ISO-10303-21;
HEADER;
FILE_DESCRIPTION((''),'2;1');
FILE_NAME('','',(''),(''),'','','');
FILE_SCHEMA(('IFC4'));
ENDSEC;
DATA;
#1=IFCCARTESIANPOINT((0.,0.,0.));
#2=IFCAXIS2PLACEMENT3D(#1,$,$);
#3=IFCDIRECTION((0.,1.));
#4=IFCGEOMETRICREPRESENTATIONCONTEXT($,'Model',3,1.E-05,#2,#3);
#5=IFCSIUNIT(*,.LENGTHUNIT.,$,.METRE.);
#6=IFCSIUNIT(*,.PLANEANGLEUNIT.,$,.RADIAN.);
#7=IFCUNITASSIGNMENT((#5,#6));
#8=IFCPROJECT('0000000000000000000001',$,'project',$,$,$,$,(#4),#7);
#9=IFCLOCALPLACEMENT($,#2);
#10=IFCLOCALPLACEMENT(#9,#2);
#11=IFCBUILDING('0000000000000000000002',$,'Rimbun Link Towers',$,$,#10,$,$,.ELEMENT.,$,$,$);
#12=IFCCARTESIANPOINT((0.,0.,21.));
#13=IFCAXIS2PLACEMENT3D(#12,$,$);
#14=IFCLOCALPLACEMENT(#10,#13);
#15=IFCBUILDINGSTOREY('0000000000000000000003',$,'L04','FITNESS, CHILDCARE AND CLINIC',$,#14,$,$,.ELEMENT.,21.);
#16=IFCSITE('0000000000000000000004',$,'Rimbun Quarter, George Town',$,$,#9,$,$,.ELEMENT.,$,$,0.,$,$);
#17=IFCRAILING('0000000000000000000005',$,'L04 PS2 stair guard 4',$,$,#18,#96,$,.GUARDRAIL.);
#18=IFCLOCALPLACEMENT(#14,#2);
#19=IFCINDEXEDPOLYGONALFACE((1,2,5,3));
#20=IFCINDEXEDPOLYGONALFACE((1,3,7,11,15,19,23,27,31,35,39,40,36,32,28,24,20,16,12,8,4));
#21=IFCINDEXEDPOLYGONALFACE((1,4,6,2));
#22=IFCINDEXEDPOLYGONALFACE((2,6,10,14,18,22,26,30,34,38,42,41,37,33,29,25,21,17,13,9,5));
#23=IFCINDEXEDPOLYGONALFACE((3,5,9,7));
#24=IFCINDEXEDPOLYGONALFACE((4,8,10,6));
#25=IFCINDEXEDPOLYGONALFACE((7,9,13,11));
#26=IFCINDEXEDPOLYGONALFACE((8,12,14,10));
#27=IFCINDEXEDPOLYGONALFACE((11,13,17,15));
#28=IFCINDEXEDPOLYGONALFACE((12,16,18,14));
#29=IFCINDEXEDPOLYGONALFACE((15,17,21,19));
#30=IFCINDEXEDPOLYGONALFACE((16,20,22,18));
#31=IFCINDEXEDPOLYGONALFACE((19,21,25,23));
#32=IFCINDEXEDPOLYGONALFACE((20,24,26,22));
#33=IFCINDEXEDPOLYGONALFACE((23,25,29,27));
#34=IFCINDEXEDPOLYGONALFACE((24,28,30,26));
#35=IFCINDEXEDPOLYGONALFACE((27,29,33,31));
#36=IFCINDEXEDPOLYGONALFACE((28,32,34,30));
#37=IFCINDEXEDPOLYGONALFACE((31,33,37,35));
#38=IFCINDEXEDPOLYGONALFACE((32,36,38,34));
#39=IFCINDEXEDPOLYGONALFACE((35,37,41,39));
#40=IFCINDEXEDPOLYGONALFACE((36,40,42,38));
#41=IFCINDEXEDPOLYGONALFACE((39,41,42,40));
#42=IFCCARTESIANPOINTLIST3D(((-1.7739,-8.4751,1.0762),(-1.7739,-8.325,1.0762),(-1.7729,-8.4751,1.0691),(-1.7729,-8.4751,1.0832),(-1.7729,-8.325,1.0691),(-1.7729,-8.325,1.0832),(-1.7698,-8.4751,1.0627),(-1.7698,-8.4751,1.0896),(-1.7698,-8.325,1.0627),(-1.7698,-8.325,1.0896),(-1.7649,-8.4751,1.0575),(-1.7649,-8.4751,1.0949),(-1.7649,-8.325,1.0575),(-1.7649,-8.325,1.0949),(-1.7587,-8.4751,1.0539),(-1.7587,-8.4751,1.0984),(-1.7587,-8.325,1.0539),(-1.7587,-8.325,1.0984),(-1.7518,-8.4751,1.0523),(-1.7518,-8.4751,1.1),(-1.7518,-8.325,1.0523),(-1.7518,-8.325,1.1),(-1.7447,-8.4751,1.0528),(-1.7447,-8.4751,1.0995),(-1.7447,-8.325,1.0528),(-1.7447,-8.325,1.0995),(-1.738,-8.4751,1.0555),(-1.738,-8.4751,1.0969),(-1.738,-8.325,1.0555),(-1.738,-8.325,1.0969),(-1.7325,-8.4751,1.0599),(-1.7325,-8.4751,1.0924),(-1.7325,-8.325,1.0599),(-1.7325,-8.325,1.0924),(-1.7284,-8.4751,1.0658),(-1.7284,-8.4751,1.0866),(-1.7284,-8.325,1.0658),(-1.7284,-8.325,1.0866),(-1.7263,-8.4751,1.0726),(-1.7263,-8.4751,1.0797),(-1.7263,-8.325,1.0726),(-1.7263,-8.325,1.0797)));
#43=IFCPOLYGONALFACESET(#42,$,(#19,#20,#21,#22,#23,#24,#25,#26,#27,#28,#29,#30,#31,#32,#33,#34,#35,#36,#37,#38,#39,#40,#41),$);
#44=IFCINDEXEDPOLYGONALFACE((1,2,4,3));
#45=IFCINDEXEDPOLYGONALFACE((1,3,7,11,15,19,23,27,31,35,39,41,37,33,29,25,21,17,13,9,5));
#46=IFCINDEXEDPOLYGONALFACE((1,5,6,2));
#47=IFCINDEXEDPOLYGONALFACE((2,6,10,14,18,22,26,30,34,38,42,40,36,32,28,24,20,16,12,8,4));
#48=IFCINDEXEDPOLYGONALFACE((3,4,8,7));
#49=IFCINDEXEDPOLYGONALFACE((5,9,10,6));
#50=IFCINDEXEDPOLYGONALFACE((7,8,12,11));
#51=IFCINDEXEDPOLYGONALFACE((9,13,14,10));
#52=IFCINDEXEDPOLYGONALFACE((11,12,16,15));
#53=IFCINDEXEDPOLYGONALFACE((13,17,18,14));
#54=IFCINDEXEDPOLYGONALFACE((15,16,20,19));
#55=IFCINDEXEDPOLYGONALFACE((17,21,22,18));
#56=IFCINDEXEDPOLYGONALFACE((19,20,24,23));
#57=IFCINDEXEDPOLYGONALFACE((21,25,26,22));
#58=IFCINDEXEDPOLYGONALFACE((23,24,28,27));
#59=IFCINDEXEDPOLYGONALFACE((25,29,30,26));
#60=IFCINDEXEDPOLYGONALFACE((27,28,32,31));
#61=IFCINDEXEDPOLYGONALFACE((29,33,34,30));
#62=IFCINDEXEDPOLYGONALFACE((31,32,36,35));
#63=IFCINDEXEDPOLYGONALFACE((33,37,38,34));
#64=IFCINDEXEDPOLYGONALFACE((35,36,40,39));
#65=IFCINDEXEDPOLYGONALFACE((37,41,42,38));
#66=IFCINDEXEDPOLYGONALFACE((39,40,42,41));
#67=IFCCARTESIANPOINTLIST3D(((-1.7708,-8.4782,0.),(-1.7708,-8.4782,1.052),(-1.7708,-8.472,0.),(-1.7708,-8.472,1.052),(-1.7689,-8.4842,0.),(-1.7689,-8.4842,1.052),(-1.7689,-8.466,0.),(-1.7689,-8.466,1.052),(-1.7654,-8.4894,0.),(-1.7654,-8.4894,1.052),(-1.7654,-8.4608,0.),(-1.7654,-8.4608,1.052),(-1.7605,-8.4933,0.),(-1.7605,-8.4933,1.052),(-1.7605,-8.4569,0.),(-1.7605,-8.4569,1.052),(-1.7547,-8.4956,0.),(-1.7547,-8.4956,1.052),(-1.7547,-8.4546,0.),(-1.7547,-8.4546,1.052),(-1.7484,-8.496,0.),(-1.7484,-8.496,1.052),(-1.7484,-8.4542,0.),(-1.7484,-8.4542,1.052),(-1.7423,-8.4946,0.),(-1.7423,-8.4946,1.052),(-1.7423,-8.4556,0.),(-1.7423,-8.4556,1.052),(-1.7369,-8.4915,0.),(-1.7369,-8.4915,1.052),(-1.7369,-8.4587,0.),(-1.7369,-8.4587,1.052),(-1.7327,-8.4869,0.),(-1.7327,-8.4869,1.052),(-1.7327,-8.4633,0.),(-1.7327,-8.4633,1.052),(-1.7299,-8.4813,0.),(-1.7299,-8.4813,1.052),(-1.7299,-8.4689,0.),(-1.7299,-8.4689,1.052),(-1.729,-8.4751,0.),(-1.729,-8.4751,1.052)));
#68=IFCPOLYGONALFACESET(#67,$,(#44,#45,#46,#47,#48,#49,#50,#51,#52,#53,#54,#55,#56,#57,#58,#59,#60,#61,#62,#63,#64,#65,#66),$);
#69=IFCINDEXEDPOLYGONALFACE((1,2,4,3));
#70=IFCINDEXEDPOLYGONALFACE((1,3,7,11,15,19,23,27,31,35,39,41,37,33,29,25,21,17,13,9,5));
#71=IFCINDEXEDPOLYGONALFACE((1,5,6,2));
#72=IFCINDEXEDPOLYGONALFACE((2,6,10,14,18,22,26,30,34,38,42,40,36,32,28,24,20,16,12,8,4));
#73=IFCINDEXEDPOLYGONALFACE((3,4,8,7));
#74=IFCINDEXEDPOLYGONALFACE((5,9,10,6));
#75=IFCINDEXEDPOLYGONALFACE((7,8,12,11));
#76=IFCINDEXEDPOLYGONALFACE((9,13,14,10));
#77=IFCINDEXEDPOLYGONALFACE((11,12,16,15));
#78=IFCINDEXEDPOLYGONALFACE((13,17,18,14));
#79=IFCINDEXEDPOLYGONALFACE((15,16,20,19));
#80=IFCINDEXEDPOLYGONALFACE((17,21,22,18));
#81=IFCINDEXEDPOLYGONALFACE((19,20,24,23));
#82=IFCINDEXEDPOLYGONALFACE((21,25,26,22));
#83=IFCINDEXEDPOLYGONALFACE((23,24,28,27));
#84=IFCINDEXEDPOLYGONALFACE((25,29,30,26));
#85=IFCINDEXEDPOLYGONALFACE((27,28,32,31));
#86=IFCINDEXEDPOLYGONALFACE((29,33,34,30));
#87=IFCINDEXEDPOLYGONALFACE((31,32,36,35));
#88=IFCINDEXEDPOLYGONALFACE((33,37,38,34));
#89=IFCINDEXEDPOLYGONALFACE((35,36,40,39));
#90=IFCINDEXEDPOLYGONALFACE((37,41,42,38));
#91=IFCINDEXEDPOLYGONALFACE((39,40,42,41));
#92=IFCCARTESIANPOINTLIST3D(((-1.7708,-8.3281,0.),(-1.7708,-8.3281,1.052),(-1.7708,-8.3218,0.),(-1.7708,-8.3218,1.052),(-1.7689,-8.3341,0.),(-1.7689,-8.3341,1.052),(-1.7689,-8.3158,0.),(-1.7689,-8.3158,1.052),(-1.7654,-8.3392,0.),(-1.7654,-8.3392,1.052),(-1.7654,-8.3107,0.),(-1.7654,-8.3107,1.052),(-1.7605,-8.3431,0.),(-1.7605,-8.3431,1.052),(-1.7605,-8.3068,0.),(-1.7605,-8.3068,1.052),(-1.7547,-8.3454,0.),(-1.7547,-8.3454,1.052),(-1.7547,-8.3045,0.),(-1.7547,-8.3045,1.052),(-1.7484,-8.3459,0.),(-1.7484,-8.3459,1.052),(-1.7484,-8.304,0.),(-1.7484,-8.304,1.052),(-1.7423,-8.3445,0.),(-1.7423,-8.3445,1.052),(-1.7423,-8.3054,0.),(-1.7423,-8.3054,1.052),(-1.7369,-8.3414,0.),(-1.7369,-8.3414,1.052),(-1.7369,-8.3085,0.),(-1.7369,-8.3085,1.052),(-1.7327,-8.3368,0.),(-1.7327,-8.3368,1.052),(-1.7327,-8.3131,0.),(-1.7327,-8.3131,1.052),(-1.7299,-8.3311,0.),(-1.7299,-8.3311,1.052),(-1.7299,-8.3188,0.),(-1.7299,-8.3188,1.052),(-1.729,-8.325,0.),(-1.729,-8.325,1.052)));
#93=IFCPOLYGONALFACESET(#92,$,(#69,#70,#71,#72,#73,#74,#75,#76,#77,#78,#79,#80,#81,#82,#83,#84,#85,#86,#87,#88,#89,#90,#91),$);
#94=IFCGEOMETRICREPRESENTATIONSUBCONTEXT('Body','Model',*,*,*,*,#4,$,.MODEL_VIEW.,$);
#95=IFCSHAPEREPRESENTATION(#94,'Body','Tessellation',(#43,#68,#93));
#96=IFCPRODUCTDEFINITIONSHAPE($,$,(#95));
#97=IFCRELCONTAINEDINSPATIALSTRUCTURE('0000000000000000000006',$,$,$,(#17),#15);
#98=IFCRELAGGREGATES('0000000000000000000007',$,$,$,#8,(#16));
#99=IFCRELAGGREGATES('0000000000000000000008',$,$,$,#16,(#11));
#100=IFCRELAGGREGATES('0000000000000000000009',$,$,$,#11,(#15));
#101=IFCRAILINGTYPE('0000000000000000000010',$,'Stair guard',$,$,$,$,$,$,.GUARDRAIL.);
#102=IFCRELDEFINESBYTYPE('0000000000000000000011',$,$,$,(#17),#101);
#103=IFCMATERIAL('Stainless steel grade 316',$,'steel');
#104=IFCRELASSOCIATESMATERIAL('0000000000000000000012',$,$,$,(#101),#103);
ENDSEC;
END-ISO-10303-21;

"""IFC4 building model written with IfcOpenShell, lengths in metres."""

from ifc_helpers import new_model, si_unit, direction, frame, origin, origin_2d, place, context, subcontext, project, spatial, circle, extrude, material, type_object, element, save


model = new_model("IFC4")

# Units and contexts
model_context = context("Model", 3, precision=1e-05, world=origin(), true_north=direction((0.0, 1.0)))
body_context = subcontext(model_context, "Body", "Model", "MODEL_VIEW")
ifc_project = project(units=[si_unit("LENGTHUNIT", "METRE"), si_unit("PLANEANGLEUNIT", "RADIAN")], contexts=[model_context])

# Site, building, storey
site_placement = place(None, origin())
site = spatial("IfcSite", under=ifc_project, at=site_placement, Name="Rimbun Quarter, George Town", CompositionType="ELEMENT", RefElevation=0.0)
building_placement = place(site_placement, origin())
building = spatial("IfcBuilding", under=site, at=building_placement, Name="Rimbun Link Towers", CompositionType="ELEMENT")
storey_placement = place(building_placement, frame((0.0, 0.0, 21.0)))
storey = spatial("IfcBuildingStorey", under=building, at=storey_placement, Name="L04", Description="FITNESS, CHILDCARE AND CLINIC", CompositionType="ELEMENT", Elevation=21.0)

# Railing
ifc_material_1 = material(Name="Stainless steel grade 316", Category="steel")
railing_type_1 = type_object("IfcRailingType", Name="Stair guard", PredefinedType="GUARDRAIL", material=ifc_material_1)
railing_1_placement = place(storey_placement, frame((-1.75, -8.4751, 0.0)))
element("IfcRailing", 1, at=railing_1_placement, inside=storey, type_object=railing_type_1, Name="L04 PS2 stair guard 4", PredefinedType="GUARDRAIL", context=body_context, shape_type="SweptSolid", body=[
    extrude(circle(Radius=0.0239, at=origin_2d()), frame((0.0, 0.0, 1.0762), z_axis=(0.0, 1.0, 0.0), x_axis=(-1.0, 0.0, 0.0)), (0.0, 0.0, 1.0), 0.1501),
    extrude(circle(Radius=0.021, at=origin_2d()), origin(), (0.0, 0.0, 1.0), 1.052),
    extrude(circle(Radius=0.021, at=origin_2d()), frame((0.0, 0.1501, 0.0)), (0.0, 0.0, 1.0), 1.052),
])

save(model, "model.ifc")
